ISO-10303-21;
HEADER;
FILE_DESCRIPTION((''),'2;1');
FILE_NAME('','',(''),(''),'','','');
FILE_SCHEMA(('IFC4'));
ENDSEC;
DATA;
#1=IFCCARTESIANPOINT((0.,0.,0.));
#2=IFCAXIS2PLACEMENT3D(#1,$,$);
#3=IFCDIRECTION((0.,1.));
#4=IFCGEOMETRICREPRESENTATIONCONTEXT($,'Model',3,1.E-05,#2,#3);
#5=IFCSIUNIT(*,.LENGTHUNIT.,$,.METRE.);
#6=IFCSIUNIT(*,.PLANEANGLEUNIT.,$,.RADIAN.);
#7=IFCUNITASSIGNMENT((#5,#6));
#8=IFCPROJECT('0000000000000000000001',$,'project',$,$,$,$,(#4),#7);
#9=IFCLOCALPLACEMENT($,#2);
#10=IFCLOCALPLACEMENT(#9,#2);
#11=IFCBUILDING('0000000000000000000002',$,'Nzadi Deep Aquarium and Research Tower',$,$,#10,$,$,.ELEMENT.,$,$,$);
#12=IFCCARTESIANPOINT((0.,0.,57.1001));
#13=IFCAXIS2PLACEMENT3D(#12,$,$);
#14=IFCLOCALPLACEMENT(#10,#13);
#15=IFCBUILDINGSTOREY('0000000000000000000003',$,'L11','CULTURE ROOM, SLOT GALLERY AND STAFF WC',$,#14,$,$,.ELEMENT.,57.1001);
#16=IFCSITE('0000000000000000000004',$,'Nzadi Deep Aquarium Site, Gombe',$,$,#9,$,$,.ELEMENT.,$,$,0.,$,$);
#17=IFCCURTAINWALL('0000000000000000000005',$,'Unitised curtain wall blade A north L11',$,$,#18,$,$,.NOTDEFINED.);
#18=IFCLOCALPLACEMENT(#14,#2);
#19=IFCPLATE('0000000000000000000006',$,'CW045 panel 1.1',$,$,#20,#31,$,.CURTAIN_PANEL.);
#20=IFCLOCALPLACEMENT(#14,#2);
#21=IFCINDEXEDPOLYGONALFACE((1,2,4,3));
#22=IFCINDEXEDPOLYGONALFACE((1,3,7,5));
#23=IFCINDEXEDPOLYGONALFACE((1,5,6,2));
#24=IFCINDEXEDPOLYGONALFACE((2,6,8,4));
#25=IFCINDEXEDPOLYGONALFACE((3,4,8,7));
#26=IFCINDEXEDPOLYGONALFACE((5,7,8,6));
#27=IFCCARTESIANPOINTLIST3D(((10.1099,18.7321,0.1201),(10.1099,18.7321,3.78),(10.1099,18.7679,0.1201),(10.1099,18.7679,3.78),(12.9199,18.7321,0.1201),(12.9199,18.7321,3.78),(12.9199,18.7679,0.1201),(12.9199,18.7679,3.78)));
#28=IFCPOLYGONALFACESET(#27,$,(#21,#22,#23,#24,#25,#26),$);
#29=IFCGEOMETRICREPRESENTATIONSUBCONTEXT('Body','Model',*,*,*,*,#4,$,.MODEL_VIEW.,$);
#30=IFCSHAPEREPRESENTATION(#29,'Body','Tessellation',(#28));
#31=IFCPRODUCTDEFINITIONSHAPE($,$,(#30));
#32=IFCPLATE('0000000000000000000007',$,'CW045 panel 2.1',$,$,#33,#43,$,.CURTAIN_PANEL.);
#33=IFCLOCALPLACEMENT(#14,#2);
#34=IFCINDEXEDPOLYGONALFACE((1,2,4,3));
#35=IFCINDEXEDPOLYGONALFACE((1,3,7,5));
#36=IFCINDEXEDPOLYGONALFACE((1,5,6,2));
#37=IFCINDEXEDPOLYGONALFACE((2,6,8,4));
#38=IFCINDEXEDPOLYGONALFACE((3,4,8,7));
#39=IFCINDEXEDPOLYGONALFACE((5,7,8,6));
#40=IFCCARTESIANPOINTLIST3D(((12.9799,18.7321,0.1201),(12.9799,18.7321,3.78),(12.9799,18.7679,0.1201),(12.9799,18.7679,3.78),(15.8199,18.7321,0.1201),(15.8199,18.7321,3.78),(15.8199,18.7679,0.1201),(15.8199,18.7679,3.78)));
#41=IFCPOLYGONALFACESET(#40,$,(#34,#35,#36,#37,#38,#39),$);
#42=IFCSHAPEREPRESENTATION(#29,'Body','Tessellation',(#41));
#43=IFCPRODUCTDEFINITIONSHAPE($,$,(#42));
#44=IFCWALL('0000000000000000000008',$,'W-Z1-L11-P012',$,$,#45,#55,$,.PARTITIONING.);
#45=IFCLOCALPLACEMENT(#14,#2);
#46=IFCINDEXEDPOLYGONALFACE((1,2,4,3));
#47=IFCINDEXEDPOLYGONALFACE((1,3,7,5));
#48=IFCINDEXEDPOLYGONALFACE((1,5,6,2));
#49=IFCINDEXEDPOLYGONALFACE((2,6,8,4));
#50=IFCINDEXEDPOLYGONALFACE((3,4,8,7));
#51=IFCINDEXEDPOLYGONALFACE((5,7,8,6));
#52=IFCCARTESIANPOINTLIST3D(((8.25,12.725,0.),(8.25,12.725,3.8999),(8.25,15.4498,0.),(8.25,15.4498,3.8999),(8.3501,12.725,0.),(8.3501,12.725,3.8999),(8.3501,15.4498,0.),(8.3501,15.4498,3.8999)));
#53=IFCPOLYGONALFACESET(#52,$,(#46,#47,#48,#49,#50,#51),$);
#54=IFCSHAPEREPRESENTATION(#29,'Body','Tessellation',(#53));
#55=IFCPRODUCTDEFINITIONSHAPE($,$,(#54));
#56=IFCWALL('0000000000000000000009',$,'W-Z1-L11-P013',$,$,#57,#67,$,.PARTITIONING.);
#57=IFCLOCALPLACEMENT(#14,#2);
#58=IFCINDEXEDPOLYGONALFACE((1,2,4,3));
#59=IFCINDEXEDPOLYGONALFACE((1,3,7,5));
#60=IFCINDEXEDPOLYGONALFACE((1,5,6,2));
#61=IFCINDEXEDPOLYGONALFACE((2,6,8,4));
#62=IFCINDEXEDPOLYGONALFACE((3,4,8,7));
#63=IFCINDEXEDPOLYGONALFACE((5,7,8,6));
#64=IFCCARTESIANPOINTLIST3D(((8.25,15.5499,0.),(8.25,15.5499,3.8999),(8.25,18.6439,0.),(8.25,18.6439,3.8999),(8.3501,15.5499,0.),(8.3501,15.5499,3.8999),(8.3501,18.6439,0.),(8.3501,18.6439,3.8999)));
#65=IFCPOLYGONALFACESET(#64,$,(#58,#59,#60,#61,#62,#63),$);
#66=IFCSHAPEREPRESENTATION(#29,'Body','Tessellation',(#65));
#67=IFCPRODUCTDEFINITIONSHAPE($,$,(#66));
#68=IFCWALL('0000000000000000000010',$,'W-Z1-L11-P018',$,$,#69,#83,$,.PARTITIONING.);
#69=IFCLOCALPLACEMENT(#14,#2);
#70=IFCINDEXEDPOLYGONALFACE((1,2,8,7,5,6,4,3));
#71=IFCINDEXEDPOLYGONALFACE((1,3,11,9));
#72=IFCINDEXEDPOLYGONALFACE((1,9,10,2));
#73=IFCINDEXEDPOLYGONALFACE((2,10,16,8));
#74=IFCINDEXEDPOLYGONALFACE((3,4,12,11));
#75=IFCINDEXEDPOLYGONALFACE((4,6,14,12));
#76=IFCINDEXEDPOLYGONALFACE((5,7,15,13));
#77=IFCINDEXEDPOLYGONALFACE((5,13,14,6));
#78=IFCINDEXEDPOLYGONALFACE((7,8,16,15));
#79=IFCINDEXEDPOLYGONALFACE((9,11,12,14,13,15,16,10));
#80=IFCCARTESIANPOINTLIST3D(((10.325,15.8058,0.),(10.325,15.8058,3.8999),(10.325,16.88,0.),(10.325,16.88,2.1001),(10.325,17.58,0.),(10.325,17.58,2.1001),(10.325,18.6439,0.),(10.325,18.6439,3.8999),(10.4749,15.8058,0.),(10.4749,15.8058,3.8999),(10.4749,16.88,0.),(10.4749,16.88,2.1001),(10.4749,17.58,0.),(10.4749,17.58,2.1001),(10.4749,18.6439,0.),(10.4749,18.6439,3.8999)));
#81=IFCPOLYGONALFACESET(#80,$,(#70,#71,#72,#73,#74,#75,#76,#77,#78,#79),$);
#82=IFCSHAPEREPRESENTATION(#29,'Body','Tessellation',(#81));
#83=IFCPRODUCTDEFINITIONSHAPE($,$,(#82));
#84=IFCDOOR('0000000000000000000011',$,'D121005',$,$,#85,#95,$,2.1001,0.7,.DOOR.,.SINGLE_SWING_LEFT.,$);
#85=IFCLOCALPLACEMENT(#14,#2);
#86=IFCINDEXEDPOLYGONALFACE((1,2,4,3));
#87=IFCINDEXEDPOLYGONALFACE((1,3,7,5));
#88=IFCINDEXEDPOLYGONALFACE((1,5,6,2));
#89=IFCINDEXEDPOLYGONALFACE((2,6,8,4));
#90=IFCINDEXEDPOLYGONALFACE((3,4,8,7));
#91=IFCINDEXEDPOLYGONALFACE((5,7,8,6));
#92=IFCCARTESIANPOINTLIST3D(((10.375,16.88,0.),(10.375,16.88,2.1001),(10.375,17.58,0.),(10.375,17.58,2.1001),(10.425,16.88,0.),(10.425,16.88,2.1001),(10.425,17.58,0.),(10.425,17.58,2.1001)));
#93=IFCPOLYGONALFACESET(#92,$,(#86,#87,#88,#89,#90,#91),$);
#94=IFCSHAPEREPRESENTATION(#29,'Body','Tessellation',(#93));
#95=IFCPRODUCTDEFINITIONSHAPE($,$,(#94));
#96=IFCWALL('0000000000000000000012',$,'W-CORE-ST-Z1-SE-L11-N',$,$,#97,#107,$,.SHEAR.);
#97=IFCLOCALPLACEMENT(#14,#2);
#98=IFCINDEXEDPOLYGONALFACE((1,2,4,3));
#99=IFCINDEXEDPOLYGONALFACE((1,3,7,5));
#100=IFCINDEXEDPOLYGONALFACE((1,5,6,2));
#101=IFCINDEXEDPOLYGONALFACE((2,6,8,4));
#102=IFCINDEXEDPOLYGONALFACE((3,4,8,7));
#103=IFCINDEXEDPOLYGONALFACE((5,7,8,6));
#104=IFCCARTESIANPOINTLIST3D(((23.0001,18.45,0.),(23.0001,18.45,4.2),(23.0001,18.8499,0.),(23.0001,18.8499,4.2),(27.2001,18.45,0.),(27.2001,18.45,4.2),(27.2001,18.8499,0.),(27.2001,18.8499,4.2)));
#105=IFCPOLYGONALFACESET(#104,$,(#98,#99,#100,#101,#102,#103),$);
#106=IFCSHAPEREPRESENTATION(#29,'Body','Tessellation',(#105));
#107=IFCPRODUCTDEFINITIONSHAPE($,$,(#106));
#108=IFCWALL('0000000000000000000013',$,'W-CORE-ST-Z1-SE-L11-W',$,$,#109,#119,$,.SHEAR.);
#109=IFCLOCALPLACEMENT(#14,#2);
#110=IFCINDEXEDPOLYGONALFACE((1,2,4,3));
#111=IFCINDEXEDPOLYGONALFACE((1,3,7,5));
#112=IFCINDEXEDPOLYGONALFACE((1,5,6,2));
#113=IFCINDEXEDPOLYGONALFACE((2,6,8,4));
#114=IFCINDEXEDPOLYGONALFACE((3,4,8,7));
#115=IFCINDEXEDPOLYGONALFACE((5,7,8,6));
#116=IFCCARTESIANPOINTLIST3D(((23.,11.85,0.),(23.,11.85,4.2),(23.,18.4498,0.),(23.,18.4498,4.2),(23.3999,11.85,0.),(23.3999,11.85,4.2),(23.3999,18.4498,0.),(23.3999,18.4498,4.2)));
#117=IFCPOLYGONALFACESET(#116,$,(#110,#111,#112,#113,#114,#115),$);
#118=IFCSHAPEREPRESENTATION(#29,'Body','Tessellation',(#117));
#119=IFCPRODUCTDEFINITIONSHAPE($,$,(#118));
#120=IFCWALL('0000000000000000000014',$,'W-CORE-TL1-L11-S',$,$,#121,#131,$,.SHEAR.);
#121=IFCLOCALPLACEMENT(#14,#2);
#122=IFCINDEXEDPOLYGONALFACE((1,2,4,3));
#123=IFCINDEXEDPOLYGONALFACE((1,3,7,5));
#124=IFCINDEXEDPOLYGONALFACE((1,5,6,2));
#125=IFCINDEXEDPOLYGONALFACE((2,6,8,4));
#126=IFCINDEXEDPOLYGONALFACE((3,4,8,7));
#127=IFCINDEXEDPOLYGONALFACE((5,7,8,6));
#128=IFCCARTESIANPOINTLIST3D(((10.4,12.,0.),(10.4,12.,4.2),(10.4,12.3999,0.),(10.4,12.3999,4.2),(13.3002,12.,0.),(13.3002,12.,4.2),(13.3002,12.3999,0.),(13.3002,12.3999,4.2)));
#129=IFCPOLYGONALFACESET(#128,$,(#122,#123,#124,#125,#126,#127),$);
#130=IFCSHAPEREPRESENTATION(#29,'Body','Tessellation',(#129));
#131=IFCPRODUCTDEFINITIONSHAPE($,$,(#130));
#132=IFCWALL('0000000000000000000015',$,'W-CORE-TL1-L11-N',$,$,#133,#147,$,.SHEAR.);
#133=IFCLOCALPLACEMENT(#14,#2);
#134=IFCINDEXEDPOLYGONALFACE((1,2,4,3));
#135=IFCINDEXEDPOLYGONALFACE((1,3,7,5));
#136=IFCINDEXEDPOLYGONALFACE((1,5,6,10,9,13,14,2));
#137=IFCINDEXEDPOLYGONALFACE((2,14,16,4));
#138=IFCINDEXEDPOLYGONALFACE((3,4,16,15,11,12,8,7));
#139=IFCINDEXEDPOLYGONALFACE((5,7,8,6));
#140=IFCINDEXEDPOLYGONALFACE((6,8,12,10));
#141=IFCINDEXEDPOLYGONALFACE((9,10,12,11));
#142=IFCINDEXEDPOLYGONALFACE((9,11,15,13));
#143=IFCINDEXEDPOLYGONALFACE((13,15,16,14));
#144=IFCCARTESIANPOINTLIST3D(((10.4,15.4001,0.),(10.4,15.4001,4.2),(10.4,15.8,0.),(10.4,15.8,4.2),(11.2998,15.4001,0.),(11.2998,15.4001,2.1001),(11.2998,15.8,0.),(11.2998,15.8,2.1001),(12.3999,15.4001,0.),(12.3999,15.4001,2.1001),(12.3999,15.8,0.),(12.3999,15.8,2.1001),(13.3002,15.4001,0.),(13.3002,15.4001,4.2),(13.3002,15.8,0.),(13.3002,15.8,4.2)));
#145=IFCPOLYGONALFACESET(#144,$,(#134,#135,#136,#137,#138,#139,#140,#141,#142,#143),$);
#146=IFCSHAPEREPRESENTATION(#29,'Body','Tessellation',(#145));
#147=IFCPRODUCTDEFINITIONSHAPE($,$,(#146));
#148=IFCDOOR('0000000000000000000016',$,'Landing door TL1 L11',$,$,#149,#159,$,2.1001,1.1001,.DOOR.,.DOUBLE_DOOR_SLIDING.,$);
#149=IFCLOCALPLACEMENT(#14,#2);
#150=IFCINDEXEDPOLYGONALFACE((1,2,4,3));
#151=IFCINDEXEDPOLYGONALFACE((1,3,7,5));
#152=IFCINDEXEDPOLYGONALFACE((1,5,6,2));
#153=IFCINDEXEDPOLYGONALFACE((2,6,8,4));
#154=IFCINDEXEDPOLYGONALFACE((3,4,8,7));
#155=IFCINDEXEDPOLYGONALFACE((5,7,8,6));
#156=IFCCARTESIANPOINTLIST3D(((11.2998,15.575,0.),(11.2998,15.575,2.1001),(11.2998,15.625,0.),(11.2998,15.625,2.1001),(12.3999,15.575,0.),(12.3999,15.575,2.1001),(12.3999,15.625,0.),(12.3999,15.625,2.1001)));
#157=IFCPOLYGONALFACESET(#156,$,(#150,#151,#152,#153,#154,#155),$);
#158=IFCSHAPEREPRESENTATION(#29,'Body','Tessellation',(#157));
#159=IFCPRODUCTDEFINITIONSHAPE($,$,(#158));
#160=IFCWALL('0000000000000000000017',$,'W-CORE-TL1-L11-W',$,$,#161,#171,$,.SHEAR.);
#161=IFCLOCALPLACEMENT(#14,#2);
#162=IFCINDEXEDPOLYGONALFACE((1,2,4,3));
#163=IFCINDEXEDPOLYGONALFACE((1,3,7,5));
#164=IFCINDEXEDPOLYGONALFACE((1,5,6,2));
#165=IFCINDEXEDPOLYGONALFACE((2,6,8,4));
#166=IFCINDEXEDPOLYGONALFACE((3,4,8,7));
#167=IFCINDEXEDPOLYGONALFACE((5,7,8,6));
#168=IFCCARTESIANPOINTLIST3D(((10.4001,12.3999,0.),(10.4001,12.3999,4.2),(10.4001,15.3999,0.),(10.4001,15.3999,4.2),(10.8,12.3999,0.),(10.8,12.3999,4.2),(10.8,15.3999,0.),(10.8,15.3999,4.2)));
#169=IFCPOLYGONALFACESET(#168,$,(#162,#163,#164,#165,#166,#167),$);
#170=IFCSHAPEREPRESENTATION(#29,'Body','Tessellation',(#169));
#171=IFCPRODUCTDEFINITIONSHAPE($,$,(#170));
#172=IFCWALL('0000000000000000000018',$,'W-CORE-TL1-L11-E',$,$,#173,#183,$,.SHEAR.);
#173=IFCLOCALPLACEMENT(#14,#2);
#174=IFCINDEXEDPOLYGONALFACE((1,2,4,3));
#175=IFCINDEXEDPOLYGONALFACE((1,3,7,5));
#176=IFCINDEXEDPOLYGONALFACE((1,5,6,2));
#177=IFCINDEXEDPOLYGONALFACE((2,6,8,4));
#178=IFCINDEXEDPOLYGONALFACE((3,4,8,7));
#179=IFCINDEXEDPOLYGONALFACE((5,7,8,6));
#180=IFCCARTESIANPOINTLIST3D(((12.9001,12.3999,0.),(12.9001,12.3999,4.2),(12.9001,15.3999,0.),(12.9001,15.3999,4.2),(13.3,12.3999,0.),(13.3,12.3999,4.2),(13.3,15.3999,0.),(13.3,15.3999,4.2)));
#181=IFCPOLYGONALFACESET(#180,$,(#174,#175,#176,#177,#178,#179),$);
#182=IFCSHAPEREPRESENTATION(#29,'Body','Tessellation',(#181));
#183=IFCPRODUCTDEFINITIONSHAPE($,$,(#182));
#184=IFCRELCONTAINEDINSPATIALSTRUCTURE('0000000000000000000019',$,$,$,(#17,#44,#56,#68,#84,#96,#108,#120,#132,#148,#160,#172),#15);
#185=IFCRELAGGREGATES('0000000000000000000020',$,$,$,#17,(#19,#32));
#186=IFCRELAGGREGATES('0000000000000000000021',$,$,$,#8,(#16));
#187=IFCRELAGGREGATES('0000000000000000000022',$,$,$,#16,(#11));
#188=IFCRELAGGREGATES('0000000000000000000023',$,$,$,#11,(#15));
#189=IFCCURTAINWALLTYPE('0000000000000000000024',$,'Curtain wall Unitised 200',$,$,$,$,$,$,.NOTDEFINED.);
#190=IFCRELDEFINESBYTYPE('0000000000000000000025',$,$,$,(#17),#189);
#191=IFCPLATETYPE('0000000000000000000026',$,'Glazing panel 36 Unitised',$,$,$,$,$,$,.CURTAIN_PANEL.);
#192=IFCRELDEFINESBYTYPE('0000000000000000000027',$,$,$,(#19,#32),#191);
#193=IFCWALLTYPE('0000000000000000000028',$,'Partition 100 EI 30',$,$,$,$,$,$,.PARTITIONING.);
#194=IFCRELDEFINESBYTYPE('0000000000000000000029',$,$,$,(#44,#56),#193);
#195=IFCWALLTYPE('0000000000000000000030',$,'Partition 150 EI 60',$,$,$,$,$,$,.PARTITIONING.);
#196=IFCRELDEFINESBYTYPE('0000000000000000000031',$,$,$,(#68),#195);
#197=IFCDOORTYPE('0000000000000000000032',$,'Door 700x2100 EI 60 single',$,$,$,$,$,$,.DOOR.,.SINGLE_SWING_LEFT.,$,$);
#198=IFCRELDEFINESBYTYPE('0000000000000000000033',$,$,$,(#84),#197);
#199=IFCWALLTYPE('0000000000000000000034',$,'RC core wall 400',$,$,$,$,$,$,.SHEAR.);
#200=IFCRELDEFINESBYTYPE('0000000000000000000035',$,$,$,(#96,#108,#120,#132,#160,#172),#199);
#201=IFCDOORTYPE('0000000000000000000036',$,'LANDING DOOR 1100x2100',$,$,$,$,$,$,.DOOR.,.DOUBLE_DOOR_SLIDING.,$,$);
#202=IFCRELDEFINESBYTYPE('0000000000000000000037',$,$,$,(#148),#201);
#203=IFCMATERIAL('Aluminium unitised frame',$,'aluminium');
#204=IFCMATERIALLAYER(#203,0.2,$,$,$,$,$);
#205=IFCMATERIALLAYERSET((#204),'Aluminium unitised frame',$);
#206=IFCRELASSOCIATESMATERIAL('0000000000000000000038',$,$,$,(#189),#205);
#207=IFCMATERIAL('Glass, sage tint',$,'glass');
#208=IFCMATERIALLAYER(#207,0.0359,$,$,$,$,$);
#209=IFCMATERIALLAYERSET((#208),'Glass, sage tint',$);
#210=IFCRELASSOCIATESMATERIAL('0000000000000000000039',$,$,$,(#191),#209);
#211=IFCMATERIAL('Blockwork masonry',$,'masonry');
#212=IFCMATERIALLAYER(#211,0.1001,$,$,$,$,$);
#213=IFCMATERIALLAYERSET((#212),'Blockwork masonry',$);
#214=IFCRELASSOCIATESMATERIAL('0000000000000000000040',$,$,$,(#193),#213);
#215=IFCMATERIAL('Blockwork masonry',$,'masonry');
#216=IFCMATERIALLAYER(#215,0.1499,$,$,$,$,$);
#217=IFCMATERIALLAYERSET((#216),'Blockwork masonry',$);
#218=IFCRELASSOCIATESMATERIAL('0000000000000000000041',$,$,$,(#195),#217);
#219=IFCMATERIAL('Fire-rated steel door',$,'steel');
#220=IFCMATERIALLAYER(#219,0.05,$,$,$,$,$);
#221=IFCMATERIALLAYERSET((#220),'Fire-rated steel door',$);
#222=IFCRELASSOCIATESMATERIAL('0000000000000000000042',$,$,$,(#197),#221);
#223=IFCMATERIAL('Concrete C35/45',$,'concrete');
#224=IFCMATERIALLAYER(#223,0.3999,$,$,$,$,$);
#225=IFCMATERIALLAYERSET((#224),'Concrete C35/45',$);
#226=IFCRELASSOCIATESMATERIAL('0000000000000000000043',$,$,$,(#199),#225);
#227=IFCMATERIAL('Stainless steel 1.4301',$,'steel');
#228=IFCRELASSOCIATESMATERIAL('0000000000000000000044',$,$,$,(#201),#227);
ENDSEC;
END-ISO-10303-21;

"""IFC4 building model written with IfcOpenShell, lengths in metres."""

from ifc_helpers import new_model, si_unit, direction, frame, frame_2d, origin, origin_2d, place, context, subcontext, project, spatial, rectangle, extrude, material, layer, layer_set, type_object, element, fill, aggregate, save


model = new_model("IFC4")

# Units and contexts
model_context = context("Model", 3, precision=1e-05, world=origin(), true_north=direction((0.0, 1.0)))
body_context = subcontext(model_context, "Body", "Model", "MODEL_VIEW")
ifc_project = project(units=[si_unit("LENGTHUNIT", "METRE"), si_unit("PLANEANGLEUNIT", "RADIAN")], contexts=[model_context])

# Site, building, storey
site_placement = place(None, origin())
site = spatial("IfcSite", under=ifc_project, at=site_placement, Name="Nzadi Deep Aquarium Site, Gombe", CompositionType="ELEMENT", RefElevation=0.0)
building_placement = place(site_placement, origin())
building = spatial("IfcBuilding", under=site, at=building_placement, Name="Nzadi Deep Aquarium and Research Tower", CompositionType="ELEMENT")
storey_placement = place(building_placement, frame((0.0, 0.0, 57.1001)))
storey = spatial("IfcBuildingStorey", under=building, at=storey_placement, Name="L11", Description="CULTURE ROOM, SLOT GALLERY AND STAFF WC", CompositionType="ELEMENT", Elevation=57.1001)

# Shared definitions
ifc_material_1 = material(Name="Aluminium unitised frame", Category="aluminium")
ifc_layer_1 = layer(ifc_material_1, 0.2)
ifc_layer_set_1 = layer_set([ifc_layer_1], Name="Aluminium unitised frame")
curtain_wall_type = type_object("IfcCurtainWallType", Name="Curtain wall Unitised 200", PredefinedType="NOTDEFINED", material=ifc_layer_set_1)

# Curtain wall
curtain_wall_1_placement = place(storey_placement, origin())
curtain_wall_1 = element("IfcCurtainWall", 1, at=curtain_wall_1_placement, inside=storey, type_object=curtain_wall_type, Name="Unitised curtain wall blade A north L11", PredefinedType="NOTDEFINED")

# Plates
ifc_material_2 = material(Name="Glass, sage tint", Category="glass")
ifc_layer_2 = layer(ifc_material_2, 0.0359)
ifc_layer_set_2 = layer_set([ifc_layer_2], Name="Glass, sage tint")
plate_type = type_object("IfcPlateType", Name="Glazing panel 36 Unitised", PredefinedType="CURTAIN_PANEL", material=ifc_layer_set_2)
plate_1_placement = place(storey_placement, frame((11.5149, 18.75, 0.1201), z_axis=(0.0, 0.0, 1.0), x_axis=(1.0, 0.0, 0.0)))
plate_1 = element("IfcPlate", 2, at=plate_1_placement, type_object=plate_type, Name="CW045 panel 1.1", PredefinedType="CURTAIN_PANEL", context=body_context, shape_type="SweptSolid", body=[
    extrude(rectangle(XDim=2.8101, YDim=0.0359, at=origin_2d()), origin(), (0.0, 0.0, 1.0), 3.6599),
])
plate_2_placement = place(storey_placement, frame((14.3999, 18.75, 0.1201), z_axis=(0.0, 0.0, 1.0), x_axis=(1.0, 0.0, 0.0)))
plate_2 = element("IfcPlate", 3, at=plate_2_placement, type_object=plate_type, Name="CW045 panel 2.1", PredefinedType="CURTAIN_PANEL", context=body_context, shape_type="SweptSolid", body=[
    extrude(rectangle(XDim=2.8401, YDim=0.0359, at=origin_2d()), origin(), (0.0, 0.0, 1.0), 3.6599),
])
aggregate(curtain_wall_1, [plate_1, plate_2])

# Walls
ifc_material_3 = material(Name="Blockwork masonry", Category="masonry")
ifc_layer_3 = layer(ifc_material_3, 0.1001)
ifc_layer_set_3 = layer_set([ifc_layer_3], Name="Blockwork masonry")
wall_type_1 = type_object("IfcWallType", Name="Partition 100 EI 30", PredefinedType="PARTITIONING", material=ifc_layer_set_3)
wall_1_placement = place(storey_placement, frame((8.3, 12.7251, 0.0), z_axis=(0.0, 0.0, 1.0), x_axis=(0.0, 1.0, 0.0)))
element("IfcWall", 4, at=wall_1_placement, inside=storey, type_object=wall_type_1, Name="W-Z1-L11-P012", PredefinedType="PARTITIONING", context=body_context, shape_type="SweptSolid", body=[
    extrude(rectangle(XDim=2.7249, YDim=0.1001, at=frame_2d((1.3623, 0.0))), origin(), (0.0, 0.0, 1.0), 3.8999),
])
wall_2_placement = place(storey_placement, frame((8.3, 15.55, 0.0), z_axis=(0.0, 0.0, 1.0), x_axis=(0.0, 1.0, 0.0)))
element("IfcWall", 5, at=wall_2_placement, inside=storey, type_object=wall_type_1, Name="W-Z1-L11-P013", PredefinedType="PARTITIONING", context=body_context, shape_type="SweptSolid", body=[
    extrude(rectangle(XDim=3.094, YDim=0.1001, at=frame_2d((1.5469, 0.0))), origin(), (0.0, 0.0, 1.0), 3.8999),
])

# Wall, opening, door
ifc_material_4 = material(Name="Blockwork masonry", Category="masonry")
ifc_layer_4 = layer(ifc_material_4, 0.1499)
ifc_layer_set_4 = layer_set([ifc_layer_4], Name="Blockwork masonry")
wall_type_2 = type_object("IfcWallType", Name="Partition 150 EI 60", PredefinedType="PARTITIONING", material=ifc_layer_set_4)
wall_3_placement = place(storey_placement, frame((10.3999, 15.8059, 0.0), z_axis=(0.0, 0.0, 1.0), x_axis=(0.0, 1.0, 0.0)))
wall_3 = element("IfcWall", 6, at=wall_3_placement, inside=storey, type_object=wall_type_2, Name="W-Z1-L11-P018", PredefinedType="PARTITIONING", context=body_context, shape_type="SweptSolid", body=[
    extrude(rectangle(XDim=2.8381, YDim=0.1499, at=frame_2d((1.4189, 0.0))), origin(), (0.0, 0.0, 1.0), 3.8999),
])
opening_1_placement = place(wall_3_placement, frame((1.074, 0.0, 0.0)))
opening_1 = element("IfcOpeningElement", 7, at=opening_1_placement, cuts=wall_3, PredefinedType="OPENING", context=body_context, shape_type="SweptSolid", body=[
    extrude(rectangle(XDim=0.7, YDim=2.1001, at=frame_2d((0.3501, 1.05))), frame((0.0, 0.085, 0.0), z_axis=(0.0, -1.0, 0.0), x_axis=(1.0, 0.0, 0.0)), (0.0, 0.0, 1.0), 0.1699),
])
ifc_material_5 = material(Name="Fire-rated steel door", Category="steel")
ifc_layer_5 = layer(ifc_material_5, 0.05)
ifc_layer_set_5 = layer_set([ifc_layer_5], Name="Fire-rated steel door")
door_type_1 = type_object("IfcDoorType", Name="Door 700x2100 EI 60 single", OperationType="SINGLE_SWING_LEFT", PredefinedType="DOOR", material=ifc_layer_set_5)
door_1_placement = place(opening_1_placement, origin())
door_1 = element("IfcDoor", 8, at=door_1_placement, inside=storey, type_object=door_type_1, Name="D121005", OperationType="SINGLE_SWING_LEFT", OverallHeight=2.1001, OverallWidth=0.7, PredefinedType="DOOR", context=body_context, shape_type="SweptSolid", body=[
    extrude(rectangle(XDim=0.7, YDim=2.1001, at=frame_2d((0.3501, 1.05))), frame((0.0, 0.0249, 0.0), z_axis=(0.0, -1.0, 0.0), x_axis=(1.0, 0.0, 0.0)), (0.0, 0.0, 1.0), 0.05),
])
fill(opening_1, door_1)

# Walls
ifc_material_6 = material(Name="Concrete C35/45", Category="concrete")
ifc_layer_6 = layer(ifc_material_6, 0.3999)
ifc_layer_set_6 = layer_set([ifc_layer_6], Name="Concrete C35/45")
wall_type_3 = type_object("IfcWallType", Name="RC core wall 400", PredefinedType="SHEAR", material=ifc_layer_set_6)
wall_4_placement = place(storey_placement, frame((23.0, 18.6499, 0.0), z_axis=(0.0, 0.0, 1.0), x_axis=(1.0, 0.0, 0.0)))
element("IfcWall", 9, at=wall_4_placement, inside=storey, type_object=wall_type_3, Name="W-CORE-ST-Z1-SE-L11-N", PredefinedType="SHEAR", context=body_context, shape_type="SweptSolid", body=[
    extrude(rectangle(XDim=4.2, YDim=0.3999, at=frame_2d((2.1001, 0.0))), origin(), (0.0, 0.0, 1.0), 4.2),
])
wall_5_placement = place(storey_placement, frame((23.2, 11.8501, 0.0), z_axis=(0.0, 0.0, 1.0), x_axis=(0.0, 1.0, 0.0)))
element("IfcWall", 10, at=wall_5_placement, inside=storey, type_object=wall_type_3, Name="W-CORE-ST-Z1-SE-L11-W", PredefinedType="SHEAR", context=body_context, shape_type="SweptSolid", body=[
    extrude(rectangle(XDim=6.5999, YDim=0.3999, at=frame_2d((3.2998, 0.0))), origin(), (0.0, 0.0, 1.0), 4.2),
])
wall_6_placement = place(storey_placement, frame((10.3999, 12.2, 0.0), z_axis=(0.0, 0.0, 1.0), x_axis=(1.0, 0.0, 0.0)))
element("IfcWall", 11, at=wall_6_placement, inside=storey, type_object=wall_type_3, Name="W-CORE-TL1-L11-S", PredefinedType="SHEAR", context=body_context, shape_type="SweptSolid", body=[
    extrude(rectangle(XDim=2.9001, YDim=0.3999, at=frame_2d((1.4502, 0.0))), origin(), (0.0, 0.0, 1.0), 4.2),
])

# Wall, opening, door
wall_7_placement = place(storey_placement, frame((10.3999, 15.6001, 0.0), z_axis=(0.0, 0.0, 1.0), x_axis=(1.0, 0.0, 0.0)))
wall_7 = element("IfcWall", 12, at=wall_7_placement, inside=storey, type_object=wall_type_3, Name="W-CORE-TL1-L11-N", PredefinedType="SHEAR", context=body_context, shape_type="SweptSolid", body=[
    extrude(rectangle(XDim=2.9001, YDim=0.3999, at=frame_2d((1.4502, 0.0))), origin(), (0.0, 0.0, 1.0), 4.2),
])
opening_2_placement = place(wall_7_placement, frame((0.8999, 0.0, 0.0)))
opening_2 = element("IfcOpeningElement", 13, at=opening_2_placement, cuts=wall_7, PredefinedType="OPENING", context=body_context, shape_type="SweptSolid", body=[
    extrude(rectangle(XDim=1.1001, YDim=2.1001, at=frame_2d((0.55, 1.05))), frame((0.0, 0.21, 0.0), z_axis=(0.0, -1.0, 0.0), x_axis=(1.0, 0.0, 0.0)), (0.0, 0.0, 1.0), 0.4199),
])
ifc_material_7 = material(Name="Stainless steel 1.4301", Category="steel")
door_type_2 = type_object("IfcDoorType", Name="LANDING DOOR 1100x2100", OperationType="DOUBLE_DOOR_SLIDING", PredefinedType="DOOR", material=ifc_material_7)
door_2_placement = place(opening_2_placement, origin())
door_2 = element("IfcDoor", 14, at=door_2_placement, inside=storey, type_object=door_type_2, Name="Landing door TL1 L11", OperationType="DOUBLE_DOOR_SLIDING", OverallHeight=2.1001, OverallWidth=1.1001, PredefinedType="DOOR", context=body_context, shape_type="SweptSolid", body=[
    extrude(rectangle(XDim=1.1001, YDim=2.1001, at=frame_2d((0.55, 1.05))), frame((0.0, 0.0249, 0.0), z_axis=(0.0, -1.0, 0.0), x_axis=(1.0, 0.0, 0.0)), (0.0, 0.0, 1.0), 0.05),
])
fill(opening_2, door_2)

# Walls
for number, where, z_axis, x_axis, name in (
    (15, (10.6001, 12.3999, 0.0), (0.0, 0.0, 1.0), (0.0, 1.0, 0.0), "W-CORE-TL1-L11-W"),
    (16, (13.1001, 12.3999, 0.0), (0.0, 0.0, 1.0), (0.0, 1.0, 0.0), "W-CORE-TL1-L11-E"),
):
    element("IfcWall", number, at=place(storey_placement, frame(where, z_axis=z_axis, x_axis=x_axis)), inside=storey, type_object=wall_type_3, Name=name, PredefinedType="SHEAR", context=body_context, shape_type="SweptSolid", body=[
        extrude(rectangle(XDim=3.0, YDim=0.3999, at=frame_2d((1.5, 0.0))), origin(), (0.0, 0.0, 1.0), 4.2),
    ])

save(model, "model.ifc")
